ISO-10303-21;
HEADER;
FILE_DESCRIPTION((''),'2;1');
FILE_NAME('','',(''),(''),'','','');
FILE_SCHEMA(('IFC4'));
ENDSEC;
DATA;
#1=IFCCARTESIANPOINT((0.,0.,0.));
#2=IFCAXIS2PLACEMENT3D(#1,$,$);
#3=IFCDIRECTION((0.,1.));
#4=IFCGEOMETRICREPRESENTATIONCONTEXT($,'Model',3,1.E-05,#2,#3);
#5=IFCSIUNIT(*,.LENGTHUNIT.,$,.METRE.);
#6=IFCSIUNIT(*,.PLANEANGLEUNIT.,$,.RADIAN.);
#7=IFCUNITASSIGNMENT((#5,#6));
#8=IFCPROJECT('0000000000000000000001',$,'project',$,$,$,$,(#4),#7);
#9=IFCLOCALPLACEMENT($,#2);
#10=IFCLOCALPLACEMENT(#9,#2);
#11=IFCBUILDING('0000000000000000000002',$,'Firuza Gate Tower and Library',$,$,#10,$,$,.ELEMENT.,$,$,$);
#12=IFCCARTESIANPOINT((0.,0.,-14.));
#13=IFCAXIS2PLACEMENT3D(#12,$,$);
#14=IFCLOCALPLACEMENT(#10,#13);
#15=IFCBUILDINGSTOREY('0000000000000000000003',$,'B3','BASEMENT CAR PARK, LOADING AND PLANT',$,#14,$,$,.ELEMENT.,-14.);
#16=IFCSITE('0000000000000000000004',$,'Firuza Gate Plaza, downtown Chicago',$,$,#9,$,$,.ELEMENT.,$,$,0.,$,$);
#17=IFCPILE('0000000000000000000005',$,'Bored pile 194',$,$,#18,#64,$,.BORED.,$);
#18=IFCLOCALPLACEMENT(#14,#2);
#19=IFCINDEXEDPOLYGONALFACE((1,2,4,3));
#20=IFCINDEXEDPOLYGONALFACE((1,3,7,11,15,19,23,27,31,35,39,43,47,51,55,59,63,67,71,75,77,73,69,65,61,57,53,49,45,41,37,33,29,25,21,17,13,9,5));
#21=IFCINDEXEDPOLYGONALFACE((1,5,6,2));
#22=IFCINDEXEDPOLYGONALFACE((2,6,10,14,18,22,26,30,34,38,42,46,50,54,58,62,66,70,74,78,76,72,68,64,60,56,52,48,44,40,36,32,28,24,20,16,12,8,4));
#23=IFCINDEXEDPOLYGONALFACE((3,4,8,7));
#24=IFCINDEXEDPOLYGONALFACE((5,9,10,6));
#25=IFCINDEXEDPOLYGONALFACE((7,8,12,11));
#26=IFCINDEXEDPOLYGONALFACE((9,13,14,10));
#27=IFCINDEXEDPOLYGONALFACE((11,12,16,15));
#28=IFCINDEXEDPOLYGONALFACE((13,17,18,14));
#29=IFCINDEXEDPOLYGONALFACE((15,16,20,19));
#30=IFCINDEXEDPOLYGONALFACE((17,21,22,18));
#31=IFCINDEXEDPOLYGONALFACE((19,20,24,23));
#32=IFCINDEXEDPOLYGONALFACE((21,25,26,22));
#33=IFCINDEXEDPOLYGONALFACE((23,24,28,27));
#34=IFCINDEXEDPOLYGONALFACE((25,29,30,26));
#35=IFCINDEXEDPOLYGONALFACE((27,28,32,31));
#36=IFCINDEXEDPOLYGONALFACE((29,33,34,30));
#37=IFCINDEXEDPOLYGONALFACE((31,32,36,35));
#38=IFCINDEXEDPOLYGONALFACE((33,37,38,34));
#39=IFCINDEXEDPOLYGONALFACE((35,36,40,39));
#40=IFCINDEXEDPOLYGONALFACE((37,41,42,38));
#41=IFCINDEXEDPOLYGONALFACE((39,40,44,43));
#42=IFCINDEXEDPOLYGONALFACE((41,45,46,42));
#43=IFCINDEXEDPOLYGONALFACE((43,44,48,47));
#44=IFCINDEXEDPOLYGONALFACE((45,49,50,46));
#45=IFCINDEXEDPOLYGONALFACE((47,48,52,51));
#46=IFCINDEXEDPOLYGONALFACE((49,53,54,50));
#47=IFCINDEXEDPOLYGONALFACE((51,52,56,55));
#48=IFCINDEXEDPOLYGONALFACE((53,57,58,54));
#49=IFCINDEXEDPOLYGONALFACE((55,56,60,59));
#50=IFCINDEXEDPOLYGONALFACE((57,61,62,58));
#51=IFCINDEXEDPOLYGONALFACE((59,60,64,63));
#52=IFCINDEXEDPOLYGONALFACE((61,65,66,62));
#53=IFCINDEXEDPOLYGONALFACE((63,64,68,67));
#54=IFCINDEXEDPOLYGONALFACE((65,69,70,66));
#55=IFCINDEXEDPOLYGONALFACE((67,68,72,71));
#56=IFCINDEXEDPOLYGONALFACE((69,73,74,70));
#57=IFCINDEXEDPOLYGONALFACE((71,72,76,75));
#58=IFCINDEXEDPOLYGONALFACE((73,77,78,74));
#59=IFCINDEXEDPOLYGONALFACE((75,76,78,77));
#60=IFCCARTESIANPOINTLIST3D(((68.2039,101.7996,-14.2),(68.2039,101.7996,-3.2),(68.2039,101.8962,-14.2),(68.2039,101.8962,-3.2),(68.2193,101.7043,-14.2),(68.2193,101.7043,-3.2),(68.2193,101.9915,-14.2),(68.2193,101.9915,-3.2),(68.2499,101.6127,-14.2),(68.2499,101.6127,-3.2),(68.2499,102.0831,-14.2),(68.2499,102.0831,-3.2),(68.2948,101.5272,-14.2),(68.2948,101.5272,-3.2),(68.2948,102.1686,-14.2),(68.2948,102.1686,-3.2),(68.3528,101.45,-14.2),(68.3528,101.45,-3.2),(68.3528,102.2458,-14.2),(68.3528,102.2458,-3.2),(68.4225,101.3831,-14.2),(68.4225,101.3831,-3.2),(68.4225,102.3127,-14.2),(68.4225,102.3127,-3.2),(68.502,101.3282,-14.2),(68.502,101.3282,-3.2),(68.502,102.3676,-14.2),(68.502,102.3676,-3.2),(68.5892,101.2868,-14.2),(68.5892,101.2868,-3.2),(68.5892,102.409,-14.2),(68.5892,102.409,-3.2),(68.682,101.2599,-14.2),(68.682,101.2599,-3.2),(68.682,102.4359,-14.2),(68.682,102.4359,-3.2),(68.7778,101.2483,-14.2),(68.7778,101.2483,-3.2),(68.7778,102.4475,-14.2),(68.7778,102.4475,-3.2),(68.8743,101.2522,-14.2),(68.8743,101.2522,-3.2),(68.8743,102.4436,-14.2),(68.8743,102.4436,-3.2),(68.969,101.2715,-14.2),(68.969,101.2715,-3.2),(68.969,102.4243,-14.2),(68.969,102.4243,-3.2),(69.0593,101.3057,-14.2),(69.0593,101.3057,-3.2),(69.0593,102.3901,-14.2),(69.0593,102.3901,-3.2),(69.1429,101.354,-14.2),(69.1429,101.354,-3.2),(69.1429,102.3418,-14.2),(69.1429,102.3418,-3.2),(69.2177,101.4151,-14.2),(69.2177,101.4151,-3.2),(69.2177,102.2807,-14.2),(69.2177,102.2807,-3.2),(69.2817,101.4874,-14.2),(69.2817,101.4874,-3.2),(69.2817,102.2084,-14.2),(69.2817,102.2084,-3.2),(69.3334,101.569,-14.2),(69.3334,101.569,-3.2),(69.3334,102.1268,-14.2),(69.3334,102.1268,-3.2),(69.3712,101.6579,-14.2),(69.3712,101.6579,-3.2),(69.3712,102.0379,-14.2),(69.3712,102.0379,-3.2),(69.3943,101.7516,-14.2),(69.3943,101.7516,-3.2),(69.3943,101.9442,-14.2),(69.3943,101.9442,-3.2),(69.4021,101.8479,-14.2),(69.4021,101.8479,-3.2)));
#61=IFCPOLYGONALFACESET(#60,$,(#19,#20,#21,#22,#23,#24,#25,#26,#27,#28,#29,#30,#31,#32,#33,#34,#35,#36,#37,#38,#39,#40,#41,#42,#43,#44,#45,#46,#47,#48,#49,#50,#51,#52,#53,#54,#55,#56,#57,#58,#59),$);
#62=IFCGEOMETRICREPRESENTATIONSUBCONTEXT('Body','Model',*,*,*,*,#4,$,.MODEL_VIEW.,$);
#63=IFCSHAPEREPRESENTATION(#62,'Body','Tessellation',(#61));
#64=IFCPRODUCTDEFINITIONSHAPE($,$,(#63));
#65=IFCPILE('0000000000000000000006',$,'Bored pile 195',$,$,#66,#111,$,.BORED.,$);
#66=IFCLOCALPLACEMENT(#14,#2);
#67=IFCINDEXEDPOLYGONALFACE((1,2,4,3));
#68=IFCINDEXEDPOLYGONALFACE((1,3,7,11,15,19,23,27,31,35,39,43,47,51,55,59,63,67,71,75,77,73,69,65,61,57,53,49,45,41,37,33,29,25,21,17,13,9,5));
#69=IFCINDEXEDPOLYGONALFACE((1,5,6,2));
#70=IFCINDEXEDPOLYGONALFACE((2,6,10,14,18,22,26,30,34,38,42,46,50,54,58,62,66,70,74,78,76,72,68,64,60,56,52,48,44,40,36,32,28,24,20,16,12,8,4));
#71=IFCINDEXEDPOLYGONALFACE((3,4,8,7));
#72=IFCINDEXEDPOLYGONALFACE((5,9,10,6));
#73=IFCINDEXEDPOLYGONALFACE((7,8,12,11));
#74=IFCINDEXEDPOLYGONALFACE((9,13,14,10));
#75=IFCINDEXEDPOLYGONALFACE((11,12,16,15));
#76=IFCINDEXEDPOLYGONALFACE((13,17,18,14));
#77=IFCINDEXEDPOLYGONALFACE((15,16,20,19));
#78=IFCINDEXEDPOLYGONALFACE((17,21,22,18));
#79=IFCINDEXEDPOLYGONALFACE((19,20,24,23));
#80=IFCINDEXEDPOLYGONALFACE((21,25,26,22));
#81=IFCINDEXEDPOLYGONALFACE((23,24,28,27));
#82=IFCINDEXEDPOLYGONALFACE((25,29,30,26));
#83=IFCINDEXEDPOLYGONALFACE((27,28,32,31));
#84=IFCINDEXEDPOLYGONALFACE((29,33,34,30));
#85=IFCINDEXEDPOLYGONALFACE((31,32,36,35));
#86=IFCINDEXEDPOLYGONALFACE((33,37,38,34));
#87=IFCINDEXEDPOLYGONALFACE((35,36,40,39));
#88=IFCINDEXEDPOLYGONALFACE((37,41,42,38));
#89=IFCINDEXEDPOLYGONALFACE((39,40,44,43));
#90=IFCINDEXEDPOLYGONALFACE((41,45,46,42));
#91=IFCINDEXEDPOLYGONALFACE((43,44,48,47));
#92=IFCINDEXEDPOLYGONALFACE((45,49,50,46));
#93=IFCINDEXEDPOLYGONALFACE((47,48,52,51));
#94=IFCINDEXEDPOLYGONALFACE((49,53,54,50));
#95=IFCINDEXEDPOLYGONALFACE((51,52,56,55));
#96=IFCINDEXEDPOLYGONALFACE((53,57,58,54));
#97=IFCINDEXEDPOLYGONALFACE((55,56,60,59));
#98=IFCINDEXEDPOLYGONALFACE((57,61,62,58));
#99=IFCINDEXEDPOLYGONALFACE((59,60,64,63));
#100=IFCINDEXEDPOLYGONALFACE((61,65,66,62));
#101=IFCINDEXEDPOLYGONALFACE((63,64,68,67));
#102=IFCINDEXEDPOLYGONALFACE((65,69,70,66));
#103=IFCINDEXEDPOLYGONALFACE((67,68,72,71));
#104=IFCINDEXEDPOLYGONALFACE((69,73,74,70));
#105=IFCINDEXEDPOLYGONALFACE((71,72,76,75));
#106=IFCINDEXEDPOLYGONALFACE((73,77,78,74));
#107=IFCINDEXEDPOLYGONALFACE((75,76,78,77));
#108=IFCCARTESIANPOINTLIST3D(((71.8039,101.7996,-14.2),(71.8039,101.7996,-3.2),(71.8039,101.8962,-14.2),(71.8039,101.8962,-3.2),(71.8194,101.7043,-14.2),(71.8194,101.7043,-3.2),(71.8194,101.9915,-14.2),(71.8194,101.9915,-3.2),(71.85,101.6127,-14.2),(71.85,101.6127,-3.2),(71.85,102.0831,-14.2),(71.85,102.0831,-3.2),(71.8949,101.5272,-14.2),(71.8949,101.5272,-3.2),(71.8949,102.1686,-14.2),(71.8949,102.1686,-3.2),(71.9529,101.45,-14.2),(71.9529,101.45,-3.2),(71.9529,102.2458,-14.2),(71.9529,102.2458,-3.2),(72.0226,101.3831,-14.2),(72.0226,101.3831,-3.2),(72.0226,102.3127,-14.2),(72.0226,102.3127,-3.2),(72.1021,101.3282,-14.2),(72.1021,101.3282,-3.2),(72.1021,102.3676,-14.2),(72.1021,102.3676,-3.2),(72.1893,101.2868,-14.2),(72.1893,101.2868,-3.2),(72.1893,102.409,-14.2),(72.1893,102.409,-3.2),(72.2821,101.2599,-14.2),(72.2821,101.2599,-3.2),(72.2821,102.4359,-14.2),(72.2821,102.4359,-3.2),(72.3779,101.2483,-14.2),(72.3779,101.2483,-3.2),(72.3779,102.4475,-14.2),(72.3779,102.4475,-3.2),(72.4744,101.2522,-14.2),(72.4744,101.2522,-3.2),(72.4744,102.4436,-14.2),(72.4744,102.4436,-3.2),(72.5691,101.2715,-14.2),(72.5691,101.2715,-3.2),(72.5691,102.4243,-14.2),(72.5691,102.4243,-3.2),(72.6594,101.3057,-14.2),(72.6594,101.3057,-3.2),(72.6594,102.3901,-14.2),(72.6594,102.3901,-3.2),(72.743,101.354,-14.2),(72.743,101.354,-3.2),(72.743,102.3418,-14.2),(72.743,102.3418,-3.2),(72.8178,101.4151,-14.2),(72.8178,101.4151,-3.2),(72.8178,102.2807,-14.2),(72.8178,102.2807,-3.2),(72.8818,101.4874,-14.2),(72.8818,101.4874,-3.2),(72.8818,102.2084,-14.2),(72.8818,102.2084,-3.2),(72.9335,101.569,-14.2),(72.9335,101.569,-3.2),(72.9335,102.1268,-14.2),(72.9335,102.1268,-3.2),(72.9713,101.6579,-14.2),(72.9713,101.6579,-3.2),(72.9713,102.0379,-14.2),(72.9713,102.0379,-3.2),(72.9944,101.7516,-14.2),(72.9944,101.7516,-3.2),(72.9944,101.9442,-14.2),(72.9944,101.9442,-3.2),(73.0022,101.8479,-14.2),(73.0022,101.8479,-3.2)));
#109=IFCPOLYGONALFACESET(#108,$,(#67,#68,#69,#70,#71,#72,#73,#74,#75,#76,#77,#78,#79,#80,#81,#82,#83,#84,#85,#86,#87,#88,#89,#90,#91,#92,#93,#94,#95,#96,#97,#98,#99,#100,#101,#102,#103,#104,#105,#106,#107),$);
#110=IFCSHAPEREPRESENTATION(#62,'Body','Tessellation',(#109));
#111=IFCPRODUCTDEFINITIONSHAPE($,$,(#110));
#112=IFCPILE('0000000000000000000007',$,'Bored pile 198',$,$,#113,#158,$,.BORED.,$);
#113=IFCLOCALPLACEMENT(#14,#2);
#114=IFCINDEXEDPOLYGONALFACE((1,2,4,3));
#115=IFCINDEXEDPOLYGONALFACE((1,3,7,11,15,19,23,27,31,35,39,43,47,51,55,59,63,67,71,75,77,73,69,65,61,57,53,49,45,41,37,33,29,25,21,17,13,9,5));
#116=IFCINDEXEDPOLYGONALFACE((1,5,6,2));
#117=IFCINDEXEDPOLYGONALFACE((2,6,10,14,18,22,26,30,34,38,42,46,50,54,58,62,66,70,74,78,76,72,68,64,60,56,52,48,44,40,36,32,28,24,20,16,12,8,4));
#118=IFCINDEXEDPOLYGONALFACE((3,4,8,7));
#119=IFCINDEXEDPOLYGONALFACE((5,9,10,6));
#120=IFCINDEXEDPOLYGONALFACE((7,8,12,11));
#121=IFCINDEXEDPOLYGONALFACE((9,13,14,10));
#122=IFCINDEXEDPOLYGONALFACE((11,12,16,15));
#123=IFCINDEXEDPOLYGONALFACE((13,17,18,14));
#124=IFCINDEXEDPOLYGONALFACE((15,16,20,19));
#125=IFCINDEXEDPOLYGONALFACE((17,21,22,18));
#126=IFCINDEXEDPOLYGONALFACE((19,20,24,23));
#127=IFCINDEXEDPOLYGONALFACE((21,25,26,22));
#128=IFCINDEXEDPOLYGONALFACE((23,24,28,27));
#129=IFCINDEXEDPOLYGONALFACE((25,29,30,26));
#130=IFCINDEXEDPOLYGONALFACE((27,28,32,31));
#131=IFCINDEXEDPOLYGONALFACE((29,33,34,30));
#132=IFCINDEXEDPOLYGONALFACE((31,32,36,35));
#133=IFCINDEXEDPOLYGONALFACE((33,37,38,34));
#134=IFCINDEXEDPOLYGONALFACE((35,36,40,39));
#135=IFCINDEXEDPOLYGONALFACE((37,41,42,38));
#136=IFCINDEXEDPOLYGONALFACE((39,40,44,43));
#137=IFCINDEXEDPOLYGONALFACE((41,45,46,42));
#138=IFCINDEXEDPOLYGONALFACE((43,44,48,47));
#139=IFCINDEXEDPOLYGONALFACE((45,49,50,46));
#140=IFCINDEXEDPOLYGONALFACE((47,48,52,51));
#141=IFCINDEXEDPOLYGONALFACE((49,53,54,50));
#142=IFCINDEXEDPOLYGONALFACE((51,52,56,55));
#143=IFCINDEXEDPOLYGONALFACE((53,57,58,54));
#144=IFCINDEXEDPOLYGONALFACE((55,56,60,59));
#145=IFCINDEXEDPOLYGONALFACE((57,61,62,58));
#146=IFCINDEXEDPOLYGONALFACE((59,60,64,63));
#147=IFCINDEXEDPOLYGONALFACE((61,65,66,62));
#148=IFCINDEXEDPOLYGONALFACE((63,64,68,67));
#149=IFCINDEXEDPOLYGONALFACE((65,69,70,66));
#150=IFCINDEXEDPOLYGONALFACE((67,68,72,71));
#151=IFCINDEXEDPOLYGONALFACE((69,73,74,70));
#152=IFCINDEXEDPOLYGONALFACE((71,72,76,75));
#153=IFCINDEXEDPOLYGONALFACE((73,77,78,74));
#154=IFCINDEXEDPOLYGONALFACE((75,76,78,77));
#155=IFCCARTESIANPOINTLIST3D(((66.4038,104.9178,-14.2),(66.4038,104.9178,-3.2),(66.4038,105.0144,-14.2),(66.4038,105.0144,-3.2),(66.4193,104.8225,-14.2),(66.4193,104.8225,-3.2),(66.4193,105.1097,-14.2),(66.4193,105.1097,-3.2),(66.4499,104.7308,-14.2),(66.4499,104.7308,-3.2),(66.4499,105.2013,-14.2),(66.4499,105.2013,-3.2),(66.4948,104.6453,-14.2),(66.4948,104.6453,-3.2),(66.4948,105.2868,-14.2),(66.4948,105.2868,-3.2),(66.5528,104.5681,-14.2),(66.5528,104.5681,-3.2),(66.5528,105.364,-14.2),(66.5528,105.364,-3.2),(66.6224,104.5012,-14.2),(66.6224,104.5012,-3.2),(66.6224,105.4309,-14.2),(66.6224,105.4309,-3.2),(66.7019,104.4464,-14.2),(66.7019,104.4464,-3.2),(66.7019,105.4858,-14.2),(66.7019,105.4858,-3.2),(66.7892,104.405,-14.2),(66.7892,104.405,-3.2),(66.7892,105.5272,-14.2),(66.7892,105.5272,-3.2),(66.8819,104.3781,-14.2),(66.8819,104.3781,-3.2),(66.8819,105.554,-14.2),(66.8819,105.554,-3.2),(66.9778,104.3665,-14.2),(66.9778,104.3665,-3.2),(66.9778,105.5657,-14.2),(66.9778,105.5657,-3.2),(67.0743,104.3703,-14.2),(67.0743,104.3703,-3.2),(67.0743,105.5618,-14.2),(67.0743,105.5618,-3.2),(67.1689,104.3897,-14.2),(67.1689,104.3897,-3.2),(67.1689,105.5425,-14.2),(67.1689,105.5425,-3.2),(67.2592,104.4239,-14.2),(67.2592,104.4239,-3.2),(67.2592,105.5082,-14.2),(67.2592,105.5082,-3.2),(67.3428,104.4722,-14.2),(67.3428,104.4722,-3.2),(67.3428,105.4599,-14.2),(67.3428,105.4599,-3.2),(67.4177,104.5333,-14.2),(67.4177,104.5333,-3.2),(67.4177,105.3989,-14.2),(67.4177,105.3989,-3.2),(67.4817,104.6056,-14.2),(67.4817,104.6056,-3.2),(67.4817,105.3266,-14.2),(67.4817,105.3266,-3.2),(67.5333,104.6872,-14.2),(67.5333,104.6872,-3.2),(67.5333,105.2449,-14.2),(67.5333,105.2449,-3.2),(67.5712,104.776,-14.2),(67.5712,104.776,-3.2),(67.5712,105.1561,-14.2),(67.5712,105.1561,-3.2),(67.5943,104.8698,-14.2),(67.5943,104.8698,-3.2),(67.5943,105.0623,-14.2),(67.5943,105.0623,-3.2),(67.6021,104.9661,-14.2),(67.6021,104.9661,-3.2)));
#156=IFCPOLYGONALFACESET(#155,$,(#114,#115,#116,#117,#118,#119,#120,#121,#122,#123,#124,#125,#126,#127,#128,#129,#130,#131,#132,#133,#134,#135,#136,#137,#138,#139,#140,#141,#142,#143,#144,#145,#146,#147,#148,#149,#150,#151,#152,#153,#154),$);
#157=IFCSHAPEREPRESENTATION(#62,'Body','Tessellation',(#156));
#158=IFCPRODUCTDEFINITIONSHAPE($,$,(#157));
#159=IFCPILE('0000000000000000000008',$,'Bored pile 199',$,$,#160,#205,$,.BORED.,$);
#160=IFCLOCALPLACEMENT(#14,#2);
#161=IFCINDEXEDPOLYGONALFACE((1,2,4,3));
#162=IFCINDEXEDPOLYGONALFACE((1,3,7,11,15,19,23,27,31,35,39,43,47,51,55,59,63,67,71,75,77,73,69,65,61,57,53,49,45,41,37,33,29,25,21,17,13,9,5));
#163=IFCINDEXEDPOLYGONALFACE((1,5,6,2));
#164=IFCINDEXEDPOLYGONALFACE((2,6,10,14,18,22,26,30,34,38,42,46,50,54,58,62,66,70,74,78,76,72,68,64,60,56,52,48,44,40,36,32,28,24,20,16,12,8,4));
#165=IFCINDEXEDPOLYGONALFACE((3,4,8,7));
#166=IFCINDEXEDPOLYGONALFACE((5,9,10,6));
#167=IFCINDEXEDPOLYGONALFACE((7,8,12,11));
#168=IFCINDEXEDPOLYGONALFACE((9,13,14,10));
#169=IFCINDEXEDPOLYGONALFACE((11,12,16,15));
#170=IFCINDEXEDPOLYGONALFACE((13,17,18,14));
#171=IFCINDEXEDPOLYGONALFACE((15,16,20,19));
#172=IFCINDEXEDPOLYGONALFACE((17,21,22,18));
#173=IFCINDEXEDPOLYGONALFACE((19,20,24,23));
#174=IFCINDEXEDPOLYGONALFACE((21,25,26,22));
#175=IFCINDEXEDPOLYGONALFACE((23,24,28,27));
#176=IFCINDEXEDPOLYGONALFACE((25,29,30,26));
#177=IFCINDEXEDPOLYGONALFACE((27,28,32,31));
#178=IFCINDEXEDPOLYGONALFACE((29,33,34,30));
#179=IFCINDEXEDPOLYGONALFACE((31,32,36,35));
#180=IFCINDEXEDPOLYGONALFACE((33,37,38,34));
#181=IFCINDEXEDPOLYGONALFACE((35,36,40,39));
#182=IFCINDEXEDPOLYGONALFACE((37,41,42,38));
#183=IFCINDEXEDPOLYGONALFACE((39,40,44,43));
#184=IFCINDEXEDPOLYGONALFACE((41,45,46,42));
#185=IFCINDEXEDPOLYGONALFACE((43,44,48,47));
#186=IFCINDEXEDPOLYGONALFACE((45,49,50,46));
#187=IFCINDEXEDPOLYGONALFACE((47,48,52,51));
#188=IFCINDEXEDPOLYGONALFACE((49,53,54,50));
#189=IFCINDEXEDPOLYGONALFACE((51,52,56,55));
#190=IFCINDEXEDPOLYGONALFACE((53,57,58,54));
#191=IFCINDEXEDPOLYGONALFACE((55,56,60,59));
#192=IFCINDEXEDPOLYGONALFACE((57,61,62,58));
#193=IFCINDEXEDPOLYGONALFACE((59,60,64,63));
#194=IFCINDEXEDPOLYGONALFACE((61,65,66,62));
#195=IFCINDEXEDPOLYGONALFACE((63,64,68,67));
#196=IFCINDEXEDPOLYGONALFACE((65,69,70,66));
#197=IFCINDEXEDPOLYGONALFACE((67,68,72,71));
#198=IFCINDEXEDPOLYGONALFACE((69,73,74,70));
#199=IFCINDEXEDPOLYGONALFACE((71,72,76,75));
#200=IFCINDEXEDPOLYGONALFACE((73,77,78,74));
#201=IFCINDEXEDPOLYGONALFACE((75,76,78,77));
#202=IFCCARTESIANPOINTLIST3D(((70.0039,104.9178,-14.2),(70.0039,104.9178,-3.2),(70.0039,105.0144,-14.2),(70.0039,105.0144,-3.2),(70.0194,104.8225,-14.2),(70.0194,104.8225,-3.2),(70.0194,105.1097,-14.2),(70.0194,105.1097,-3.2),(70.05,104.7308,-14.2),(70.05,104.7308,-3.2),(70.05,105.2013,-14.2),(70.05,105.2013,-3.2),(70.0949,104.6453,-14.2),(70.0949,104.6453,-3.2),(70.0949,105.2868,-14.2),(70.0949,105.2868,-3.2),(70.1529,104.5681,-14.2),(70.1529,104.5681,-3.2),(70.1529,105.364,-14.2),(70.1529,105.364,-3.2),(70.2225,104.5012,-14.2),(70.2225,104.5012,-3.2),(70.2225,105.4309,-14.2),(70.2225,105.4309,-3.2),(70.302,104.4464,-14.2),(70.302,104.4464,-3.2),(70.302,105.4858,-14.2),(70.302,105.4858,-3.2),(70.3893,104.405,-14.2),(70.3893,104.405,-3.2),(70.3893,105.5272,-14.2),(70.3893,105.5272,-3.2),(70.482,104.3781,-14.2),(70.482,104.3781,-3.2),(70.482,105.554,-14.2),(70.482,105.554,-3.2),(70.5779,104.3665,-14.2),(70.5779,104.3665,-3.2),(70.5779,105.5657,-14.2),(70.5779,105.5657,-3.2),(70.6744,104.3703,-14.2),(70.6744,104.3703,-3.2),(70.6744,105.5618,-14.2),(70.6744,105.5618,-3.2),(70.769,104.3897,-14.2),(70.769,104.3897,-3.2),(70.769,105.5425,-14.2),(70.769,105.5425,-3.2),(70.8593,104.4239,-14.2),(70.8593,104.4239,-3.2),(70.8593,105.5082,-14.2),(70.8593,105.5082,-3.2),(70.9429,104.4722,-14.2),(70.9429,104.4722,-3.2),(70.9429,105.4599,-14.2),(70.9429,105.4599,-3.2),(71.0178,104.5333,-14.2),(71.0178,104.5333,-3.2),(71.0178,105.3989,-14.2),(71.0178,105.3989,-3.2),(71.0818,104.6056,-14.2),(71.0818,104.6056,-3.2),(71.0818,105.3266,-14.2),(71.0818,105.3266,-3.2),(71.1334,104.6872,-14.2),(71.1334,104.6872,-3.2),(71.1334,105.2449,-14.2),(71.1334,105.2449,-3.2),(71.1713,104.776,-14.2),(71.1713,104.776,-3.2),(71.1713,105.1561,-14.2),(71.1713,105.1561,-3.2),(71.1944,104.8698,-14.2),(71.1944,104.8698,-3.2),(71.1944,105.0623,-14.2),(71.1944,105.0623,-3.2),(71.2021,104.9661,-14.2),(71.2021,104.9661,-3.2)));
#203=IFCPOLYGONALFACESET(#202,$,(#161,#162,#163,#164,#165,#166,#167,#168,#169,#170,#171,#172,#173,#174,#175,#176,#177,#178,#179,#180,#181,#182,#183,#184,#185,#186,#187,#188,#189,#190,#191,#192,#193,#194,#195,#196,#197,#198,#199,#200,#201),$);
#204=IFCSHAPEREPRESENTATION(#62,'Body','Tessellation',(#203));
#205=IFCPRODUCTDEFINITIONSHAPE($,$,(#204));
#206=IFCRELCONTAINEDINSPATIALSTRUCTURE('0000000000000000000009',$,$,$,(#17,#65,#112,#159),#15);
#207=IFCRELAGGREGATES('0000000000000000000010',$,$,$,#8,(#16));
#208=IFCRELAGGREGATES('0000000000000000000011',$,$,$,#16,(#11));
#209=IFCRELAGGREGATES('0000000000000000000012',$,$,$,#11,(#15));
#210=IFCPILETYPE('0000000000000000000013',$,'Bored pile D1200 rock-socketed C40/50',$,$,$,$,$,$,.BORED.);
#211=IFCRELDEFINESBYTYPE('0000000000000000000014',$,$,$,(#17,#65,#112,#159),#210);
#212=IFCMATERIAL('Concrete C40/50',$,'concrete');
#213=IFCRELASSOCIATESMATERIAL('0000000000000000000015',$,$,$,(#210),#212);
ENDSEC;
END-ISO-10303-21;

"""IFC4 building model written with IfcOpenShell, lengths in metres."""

from ifc_helpers import new_model, si_unit, direction, frame, origin, origin_2d, place, context, subcontext, project, spatial, circle, extrude, material, material_profile, profile_set, type_object, element, save


model = new_model("IFC4")

# Units and contexts
model_context = context("Model", 3, precision=1e-05, world=origin(), true_north=direction((0.0, 1.0)))
body_context = subcontext(model_context, "Body", "Model", "MODEL_VIEW")
ifc_project = project(units=[si_unit("LENGTHUNIT", "METRE"), si_unit("PLANEANGLEUNIT", "RADIAN")], contexts=[model_context])

# Site, building, storey
site_placement = place(None, origin())
site = spatial("IfcSite", under=ifc_project, at=site_placement, Name="Firuza Gate Plaza, downtown Chicago", CompositionType="ELEMENT", RefElevation=0.0)
building_placement = place(site_placement, origin())
building = spatial("IfcBuilding", under=site, at=building_placement, Name="Firuza Gate Tower and Library", CompositionType="ELEMENT")
storey_placement = place(building_placement, frame((0.0, 0.0, -14.0)))
storey = spatial("IfcBuildingStorey", under=building, at=storey_placement, Name="B3", Description="BASEMENT CAR PARK, LOADING AND PLANT", CompositionType="ELEMENT", Elevation=-14.0)

# Piles
ifc_material_1 = material(Name="Concrete C40/50", Category="concrete")
ifc_material_profile_1 = material_profile(ifc_material_1, circle(Radius=0.6001, at=origin_2d()))
ifc_profile_set_1 = profile_set([ifc_material_profile_1], Name="Concrete C40/50")
pile_type = type_object("IfcPileType", Name="Bored pile D1200 rock-socketed C40/50", PredefinedType="BORED", material=ifc_profile_set_1)
for number, where, z_axis, x_axis, name in (
    (1, (68.802, 101.8479, -3.2), (0.0, 0.0, -1.0), (1.0, 0.0, 0.0), "Bored pile 194"),
    (2, (72.4021, 101.8479, -3.2), (0.0, 0.0, -1.0), (1.0, 0.0, 0.0), "Bored pile 195"),
    (3, (67.002, 104.9661, -3.2), (0.0, 0.0, -1.0), (1.0, 0.0, 0.0), "Bored pile 198"),
    (4, (70.6021, 104.9661, -3.2), (0.0, 0.0, -1.0), (1.0, 0.0, 0.0), "Bored pile 199"),
):
    element("IfcPile", number, at=place(storey_placement, frame(where, z_axis=z_axis, x_axis=x_axis)), inside=storey, type_object=pile_type, Name=name, PredefinedType="BORED", context=body_context, shape_type="SweptSolid", body=[
        extrude(circle(Radius=0.6001, at=origin_2d()), origin(), (0.0, 0.0, 1.0), 11.0),
    ])

save(model, "model.ifc")
